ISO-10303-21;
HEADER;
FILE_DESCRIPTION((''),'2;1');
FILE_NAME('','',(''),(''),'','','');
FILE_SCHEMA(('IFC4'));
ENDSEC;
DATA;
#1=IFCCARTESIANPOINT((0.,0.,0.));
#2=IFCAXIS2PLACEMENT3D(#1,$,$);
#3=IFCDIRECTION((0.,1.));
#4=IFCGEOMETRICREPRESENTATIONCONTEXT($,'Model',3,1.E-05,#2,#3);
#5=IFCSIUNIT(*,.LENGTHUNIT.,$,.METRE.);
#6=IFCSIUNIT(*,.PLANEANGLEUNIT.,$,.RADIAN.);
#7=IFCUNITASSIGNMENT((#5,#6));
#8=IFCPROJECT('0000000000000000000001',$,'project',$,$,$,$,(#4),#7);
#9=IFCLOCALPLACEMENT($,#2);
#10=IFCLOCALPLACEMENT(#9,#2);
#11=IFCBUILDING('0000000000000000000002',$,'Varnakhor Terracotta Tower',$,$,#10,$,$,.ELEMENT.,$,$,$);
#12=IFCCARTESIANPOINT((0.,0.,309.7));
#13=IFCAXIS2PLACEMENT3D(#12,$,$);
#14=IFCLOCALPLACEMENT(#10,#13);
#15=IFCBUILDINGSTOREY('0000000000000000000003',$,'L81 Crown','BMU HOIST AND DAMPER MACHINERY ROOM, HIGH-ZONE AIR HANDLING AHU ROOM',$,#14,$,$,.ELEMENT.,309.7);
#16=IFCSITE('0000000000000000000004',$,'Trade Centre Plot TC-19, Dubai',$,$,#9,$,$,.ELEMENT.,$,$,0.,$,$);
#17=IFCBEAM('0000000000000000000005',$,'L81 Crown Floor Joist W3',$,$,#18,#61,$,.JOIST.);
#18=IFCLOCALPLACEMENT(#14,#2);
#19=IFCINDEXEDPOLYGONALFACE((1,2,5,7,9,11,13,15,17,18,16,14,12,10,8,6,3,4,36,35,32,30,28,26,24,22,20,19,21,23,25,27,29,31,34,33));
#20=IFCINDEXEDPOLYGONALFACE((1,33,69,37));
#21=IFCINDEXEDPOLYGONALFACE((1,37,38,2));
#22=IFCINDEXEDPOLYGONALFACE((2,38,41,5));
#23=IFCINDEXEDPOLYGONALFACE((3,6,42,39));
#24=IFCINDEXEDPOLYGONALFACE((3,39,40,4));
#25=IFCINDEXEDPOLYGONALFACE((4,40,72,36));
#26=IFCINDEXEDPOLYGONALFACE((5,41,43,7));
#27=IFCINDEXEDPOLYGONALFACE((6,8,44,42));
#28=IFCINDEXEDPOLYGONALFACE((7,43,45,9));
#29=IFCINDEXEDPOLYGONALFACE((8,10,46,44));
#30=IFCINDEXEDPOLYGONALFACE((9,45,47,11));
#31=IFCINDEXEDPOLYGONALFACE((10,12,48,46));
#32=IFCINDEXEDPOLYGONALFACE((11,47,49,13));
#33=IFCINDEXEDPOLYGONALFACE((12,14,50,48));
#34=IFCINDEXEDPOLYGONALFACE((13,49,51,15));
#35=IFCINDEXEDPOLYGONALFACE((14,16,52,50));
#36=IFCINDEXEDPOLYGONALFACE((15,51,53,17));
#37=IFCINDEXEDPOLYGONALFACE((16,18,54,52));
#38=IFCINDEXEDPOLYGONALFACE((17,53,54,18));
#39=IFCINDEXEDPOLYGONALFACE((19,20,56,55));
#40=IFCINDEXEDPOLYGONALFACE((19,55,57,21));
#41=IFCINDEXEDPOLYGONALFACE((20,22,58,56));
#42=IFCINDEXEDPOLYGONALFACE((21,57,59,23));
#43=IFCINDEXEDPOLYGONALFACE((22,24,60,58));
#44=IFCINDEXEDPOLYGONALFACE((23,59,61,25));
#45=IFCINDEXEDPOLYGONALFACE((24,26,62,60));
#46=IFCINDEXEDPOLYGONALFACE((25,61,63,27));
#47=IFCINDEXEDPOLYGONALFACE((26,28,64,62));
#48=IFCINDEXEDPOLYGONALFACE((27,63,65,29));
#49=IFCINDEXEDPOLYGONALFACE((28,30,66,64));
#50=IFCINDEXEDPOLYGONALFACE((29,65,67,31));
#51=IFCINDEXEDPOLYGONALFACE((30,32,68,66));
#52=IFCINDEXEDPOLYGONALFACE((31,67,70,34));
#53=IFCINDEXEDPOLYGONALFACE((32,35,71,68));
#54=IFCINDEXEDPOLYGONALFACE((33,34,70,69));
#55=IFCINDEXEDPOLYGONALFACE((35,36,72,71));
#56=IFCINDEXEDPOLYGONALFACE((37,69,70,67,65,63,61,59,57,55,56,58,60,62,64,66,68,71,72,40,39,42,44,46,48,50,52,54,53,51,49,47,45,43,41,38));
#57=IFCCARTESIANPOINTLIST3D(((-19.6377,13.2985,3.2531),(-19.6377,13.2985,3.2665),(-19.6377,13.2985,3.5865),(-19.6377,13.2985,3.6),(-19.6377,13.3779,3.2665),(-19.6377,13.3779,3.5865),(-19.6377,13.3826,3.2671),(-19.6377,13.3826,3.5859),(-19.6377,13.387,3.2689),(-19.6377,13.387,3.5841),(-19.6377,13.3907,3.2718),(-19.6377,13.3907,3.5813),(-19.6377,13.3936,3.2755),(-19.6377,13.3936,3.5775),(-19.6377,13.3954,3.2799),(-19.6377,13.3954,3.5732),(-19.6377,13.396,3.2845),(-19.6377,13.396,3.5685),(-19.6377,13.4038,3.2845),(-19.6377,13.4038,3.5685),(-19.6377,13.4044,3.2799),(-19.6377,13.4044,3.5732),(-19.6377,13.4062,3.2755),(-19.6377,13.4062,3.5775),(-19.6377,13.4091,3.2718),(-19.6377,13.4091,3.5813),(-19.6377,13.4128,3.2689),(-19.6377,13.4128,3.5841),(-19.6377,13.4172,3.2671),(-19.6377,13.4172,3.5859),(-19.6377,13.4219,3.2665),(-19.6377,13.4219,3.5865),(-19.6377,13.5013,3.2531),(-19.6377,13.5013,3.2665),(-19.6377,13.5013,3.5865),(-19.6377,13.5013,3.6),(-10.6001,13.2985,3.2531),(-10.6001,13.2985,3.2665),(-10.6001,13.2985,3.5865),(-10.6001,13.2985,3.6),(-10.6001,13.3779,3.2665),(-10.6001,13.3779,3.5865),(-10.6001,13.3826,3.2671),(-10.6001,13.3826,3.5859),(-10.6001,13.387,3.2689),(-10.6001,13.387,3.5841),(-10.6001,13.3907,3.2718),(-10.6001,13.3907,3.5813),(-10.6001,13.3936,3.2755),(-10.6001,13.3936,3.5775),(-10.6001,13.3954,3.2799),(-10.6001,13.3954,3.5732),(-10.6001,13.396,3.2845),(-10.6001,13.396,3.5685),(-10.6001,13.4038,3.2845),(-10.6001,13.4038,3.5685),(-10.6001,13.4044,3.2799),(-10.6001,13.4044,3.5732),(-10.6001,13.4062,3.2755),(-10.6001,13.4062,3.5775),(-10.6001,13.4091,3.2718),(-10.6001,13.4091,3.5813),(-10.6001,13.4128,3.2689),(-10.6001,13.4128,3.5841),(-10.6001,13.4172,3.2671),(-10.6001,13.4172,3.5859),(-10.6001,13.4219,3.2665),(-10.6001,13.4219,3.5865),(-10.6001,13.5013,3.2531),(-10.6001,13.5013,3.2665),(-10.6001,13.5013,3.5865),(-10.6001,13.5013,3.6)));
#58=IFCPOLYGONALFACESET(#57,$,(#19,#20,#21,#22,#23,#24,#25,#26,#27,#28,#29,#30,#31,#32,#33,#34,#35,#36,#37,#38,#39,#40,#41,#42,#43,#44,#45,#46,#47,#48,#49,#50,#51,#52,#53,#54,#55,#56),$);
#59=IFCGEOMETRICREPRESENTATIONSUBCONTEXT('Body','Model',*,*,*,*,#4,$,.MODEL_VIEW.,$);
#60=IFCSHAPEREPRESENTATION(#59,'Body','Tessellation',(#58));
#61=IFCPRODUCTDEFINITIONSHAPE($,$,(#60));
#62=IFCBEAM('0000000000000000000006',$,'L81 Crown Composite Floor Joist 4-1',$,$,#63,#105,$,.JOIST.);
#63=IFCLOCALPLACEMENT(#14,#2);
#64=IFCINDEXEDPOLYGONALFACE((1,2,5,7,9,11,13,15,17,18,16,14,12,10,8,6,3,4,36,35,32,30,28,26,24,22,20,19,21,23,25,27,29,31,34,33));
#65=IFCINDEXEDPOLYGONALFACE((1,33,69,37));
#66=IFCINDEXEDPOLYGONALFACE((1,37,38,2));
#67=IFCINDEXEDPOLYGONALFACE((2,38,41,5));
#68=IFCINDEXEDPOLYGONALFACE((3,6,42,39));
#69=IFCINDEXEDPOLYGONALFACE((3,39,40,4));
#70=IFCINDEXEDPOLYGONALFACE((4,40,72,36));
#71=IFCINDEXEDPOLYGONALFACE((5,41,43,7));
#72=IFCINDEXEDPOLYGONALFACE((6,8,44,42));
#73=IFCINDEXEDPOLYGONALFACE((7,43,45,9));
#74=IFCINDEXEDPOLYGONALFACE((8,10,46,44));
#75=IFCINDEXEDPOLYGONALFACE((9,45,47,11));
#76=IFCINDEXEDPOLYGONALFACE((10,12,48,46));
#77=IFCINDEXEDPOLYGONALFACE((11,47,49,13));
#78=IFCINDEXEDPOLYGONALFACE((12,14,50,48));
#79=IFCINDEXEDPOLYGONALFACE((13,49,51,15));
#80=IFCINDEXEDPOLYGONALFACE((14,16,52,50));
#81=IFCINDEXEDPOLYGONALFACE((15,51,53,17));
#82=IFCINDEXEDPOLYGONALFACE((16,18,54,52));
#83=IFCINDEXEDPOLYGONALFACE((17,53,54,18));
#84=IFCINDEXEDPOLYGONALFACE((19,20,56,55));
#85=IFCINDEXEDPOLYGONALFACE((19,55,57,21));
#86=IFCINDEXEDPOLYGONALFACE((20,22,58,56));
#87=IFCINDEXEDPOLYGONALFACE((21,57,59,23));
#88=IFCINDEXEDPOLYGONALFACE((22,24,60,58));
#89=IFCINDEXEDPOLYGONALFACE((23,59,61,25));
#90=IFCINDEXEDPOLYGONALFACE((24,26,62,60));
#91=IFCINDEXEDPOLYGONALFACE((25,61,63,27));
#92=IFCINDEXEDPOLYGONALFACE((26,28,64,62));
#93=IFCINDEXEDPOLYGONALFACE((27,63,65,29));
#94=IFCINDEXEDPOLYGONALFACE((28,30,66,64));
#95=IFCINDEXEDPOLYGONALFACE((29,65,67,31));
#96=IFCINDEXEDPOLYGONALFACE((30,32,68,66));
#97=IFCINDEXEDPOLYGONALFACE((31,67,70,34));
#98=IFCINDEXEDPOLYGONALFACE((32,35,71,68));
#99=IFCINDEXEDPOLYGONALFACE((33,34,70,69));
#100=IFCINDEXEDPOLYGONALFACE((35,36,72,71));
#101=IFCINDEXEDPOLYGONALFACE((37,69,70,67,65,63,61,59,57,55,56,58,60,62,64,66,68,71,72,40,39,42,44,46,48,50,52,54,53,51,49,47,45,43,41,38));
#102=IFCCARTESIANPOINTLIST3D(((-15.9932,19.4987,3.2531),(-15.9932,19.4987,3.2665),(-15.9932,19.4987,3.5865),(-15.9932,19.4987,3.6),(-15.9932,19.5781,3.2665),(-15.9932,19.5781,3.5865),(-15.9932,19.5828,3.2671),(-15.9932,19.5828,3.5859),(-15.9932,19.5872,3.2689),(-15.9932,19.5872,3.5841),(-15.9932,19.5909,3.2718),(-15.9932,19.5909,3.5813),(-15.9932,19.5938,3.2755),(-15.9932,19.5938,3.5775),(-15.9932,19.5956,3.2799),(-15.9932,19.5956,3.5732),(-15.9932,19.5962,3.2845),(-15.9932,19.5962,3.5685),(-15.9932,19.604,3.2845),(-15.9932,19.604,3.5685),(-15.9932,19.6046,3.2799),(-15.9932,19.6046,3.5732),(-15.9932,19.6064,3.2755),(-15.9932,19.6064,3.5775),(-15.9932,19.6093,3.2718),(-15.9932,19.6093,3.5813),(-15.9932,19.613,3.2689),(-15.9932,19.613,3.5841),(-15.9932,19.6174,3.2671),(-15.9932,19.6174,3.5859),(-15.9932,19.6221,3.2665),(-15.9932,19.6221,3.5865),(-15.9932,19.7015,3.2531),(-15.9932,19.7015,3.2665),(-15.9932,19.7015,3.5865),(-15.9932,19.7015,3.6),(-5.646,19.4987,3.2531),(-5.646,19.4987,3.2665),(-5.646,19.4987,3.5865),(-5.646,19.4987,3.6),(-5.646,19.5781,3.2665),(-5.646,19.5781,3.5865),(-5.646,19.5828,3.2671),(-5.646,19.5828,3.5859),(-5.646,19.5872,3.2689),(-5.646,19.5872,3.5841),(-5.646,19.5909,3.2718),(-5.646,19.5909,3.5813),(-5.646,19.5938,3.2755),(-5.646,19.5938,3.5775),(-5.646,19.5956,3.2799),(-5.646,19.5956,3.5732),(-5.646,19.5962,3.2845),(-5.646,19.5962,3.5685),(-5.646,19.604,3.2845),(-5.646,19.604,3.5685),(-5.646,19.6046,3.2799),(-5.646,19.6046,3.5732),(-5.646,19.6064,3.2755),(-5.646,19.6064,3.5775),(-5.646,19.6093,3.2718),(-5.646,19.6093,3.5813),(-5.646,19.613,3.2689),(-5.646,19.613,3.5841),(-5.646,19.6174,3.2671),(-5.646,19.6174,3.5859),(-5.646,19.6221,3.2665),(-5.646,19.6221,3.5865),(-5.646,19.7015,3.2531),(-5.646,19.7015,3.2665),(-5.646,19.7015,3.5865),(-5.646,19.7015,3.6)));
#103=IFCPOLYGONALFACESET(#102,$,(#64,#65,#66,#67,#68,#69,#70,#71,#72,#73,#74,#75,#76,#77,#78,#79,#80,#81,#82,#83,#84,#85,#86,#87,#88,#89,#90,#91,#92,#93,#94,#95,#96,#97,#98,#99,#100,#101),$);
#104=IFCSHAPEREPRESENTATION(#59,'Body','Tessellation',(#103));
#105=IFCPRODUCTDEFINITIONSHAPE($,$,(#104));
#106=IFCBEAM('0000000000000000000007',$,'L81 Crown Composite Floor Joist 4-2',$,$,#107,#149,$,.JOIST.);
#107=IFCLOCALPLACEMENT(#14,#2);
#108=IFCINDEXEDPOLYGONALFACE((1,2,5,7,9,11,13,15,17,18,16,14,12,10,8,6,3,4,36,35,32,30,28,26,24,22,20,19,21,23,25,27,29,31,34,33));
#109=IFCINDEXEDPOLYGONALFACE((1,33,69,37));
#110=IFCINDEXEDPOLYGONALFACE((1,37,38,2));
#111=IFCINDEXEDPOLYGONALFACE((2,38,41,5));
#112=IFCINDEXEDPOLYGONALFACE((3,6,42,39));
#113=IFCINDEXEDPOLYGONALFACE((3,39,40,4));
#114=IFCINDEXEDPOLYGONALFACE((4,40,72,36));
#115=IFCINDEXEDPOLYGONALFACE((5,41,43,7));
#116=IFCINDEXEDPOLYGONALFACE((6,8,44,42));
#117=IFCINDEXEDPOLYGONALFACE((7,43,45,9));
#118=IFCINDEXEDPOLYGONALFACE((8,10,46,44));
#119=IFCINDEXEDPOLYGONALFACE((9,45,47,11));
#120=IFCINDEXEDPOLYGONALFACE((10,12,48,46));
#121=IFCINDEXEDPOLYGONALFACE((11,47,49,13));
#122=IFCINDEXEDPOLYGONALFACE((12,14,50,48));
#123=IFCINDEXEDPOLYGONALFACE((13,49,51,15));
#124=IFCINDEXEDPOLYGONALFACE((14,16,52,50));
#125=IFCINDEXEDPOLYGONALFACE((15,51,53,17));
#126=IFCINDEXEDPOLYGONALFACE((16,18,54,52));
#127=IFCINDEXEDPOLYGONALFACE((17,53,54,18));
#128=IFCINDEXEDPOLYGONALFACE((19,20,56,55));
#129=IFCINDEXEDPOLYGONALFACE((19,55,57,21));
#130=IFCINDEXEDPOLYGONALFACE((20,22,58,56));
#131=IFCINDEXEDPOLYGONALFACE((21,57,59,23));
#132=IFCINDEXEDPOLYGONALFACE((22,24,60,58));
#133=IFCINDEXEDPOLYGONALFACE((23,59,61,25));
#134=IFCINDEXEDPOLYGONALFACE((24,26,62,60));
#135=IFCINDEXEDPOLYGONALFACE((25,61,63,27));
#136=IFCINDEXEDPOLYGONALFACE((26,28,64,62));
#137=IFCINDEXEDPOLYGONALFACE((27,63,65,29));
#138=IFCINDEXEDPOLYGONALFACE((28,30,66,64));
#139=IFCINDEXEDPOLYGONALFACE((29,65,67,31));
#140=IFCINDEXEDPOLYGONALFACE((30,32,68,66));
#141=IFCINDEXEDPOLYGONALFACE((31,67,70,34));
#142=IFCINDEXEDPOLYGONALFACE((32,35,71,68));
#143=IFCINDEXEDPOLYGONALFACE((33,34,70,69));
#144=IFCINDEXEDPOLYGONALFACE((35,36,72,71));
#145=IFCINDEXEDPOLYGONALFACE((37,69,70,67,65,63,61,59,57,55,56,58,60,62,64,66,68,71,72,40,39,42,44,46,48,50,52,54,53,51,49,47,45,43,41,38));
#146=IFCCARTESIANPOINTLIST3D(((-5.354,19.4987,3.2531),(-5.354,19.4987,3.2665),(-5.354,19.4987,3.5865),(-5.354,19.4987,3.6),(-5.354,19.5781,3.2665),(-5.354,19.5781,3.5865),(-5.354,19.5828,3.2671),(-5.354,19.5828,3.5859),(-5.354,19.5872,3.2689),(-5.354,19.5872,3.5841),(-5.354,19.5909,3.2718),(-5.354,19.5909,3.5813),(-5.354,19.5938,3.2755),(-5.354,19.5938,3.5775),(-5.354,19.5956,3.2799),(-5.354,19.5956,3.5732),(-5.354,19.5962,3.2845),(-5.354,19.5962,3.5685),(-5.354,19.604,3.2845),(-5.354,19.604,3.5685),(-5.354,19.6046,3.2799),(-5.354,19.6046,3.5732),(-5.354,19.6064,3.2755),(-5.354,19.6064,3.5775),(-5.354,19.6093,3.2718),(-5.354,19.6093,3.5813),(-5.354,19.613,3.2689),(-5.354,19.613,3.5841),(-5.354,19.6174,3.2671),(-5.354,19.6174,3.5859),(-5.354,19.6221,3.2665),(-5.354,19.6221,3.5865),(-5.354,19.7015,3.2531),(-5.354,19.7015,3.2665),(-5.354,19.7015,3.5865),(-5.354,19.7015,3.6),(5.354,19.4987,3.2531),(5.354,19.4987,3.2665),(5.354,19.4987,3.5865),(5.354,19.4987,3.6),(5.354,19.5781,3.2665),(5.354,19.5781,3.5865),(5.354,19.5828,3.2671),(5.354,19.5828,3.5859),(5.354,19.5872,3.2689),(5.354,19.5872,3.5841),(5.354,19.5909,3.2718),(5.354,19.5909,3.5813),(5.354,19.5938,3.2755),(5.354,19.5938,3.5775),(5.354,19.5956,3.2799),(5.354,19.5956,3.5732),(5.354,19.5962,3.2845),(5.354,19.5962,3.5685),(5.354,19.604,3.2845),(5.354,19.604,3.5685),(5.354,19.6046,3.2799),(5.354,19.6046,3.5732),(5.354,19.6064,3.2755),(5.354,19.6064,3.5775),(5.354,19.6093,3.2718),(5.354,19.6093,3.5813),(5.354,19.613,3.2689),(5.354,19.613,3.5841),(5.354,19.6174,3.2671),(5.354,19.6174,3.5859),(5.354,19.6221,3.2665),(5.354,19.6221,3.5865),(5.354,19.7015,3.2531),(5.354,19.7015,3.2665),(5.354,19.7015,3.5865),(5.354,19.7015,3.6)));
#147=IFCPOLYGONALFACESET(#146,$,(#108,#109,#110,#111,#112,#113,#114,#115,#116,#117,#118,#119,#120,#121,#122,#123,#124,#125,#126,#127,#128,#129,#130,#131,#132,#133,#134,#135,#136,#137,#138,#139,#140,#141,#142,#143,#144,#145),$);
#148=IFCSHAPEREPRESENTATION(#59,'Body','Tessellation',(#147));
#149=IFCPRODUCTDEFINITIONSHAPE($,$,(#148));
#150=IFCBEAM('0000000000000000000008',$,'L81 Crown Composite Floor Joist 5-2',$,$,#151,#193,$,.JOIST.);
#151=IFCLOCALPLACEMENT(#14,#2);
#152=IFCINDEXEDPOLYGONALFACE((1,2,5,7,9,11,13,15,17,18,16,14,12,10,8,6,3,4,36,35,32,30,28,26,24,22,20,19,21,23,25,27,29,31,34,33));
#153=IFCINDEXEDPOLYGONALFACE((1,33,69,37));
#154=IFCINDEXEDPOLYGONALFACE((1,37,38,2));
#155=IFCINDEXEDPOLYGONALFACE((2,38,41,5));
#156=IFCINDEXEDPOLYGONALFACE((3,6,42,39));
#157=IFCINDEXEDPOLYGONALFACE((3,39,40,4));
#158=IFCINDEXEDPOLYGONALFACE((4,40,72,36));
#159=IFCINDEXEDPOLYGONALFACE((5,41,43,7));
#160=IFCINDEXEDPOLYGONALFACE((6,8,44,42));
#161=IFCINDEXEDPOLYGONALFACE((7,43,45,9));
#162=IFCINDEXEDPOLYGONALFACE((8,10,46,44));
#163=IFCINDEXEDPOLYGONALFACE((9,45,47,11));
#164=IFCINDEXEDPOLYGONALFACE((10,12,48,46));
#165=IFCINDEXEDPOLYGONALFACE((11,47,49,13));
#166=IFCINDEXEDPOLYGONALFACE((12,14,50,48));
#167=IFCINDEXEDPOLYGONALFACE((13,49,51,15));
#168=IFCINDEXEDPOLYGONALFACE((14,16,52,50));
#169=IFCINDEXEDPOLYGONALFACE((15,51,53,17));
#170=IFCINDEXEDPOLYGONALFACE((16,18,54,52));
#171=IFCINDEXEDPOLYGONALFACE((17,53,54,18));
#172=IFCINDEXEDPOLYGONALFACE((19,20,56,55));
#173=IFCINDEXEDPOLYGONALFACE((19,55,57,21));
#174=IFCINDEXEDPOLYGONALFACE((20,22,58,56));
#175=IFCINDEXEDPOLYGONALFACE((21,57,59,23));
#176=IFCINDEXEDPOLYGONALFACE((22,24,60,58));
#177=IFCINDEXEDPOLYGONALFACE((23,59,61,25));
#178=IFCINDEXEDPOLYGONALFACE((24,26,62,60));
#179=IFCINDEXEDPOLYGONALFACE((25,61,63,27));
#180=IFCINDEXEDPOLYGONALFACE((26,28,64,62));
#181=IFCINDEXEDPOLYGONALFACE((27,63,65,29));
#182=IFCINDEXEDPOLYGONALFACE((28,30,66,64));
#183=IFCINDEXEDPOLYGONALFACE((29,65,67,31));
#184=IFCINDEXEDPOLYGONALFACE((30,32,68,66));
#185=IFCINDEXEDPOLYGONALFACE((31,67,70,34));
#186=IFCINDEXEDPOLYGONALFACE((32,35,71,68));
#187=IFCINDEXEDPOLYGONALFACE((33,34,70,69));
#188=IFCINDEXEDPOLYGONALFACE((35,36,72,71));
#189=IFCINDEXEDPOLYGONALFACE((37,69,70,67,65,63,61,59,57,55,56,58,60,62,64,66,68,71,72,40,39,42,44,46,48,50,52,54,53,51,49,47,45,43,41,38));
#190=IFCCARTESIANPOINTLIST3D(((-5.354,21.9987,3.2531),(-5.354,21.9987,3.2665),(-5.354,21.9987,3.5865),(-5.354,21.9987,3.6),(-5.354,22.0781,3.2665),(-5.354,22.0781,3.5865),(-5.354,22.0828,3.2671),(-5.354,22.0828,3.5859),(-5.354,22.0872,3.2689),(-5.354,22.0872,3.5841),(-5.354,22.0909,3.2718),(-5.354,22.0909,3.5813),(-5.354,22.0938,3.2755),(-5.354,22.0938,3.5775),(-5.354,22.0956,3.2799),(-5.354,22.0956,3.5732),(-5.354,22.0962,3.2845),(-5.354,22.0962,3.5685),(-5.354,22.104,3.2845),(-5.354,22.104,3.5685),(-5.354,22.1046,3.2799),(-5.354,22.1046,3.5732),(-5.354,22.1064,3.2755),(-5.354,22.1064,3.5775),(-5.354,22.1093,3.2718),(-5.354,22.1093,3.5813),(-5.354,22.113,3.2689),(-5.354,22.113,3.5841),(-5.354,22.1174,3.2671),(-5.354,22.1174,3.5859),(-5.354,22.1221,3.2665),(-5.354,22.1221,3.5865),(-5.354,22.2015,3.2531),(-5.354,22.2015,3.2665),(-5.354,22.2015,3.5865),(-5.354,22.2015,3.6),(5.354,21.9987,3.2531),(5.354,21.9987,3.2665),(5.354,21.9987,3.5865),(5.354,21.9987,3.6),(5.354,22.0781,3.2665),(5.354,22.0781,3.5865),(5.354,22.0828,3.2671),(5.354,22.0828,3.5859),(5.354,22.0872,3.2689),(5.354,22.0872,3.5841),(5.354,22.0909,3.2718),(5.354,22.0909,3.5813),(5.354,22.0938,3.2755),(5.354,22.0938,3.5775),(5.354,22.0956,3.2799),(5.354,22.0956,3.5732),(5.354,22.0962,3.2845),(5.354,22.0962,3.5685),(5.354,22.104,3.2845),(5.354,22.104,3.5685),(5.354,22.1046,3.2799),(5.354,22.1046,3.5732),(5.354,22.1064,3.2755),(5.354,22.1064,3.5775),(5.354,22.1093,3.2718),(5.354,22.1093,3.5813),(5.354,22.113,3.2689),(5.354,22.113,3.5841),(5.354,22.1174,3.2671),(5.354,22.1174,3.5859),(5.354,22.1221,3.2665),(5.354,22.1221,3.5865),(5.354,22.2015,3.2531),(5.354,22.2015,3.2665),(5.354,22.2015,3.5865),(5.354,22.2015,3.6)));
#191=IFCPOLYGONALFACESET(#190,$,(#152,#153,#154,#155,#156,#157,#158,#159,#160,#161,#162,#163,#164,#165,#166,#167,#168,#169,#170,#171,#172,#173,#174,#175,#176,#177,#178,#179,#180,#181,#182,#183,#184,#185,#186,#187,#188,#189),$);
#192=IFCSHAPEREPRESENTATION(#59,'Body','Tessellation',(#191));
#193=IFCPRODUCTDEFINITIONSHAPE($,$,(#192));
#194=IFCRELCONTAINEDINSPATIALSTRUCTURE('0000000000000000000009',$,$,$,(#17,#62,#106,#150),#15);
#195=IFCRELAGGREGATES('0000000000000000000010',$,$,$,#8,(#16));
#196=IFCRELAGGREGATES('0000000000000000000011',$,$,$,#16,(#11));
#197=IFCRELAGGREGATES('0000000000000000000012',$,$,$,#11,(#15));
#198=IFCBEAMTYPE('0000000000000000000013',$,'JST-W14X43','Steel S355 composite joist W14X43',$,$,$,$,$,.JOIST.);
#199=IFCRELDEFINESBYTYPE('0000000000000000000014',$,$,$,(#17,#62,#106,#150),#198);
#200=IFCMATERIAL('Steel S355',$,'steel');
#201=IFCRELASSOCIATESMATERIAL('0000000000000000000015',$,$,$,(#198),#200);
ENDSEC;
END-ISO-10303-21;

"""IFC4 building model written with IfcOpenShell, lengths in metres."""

from ifc_helpers import new_model, si_unit, direction, frame, origin, origin_2d, place, context, subcontext, project, spatial, i_section, extrude, source, transform, mapped, material, material_profile, profile_set, type_object, element, save


model = new_model("IFC4")

# Units and contexts
model_context = context("Model", 3, precision=1e-05, world=origin(), true_north=direction((0.0, 1.0)))
body_context = subcontext(model_context, "Body", "Model", "MODEL_VIEW")
ifc_project = project(units=[si_unit("LENGTHUNIT", "METRE"), si_unit("PLANEANGLEUNIT", "RADIAN")], contexts=[model_context])

# Site, building, storey
site_placement = place(None, origin())
site = spatial("IfcSite", under=ifc_project, at=site_placement, Name="Trade Centre Plot TC-19, Dubai", CompositionType="ELEMENT", RefElevation=0.0)
building_placement = place(site_placement, origin())
building = spatial("IfcBuilding", under=site, at=building_placement, Name="Varnakhor Terracotta Tower", CompositionType="ELEMENT")
storey_placement = place(building_placement, frame((0.0, 0.0, 309.7)))
storey = spatial("IfcBuildingStorey", under=building, at=storey_placement, Name="L81 Crown", Description="BMU HOIST AND DAMPER MACHINERY ROOM, HIGH-ZONE AIR HANDLING AHU ROOM", CompositionType="ELEMENT", Elevation=309.7)

# Beams
ifc_material_1 = material(Name="Steel S355", Category="steel")
ifc_material_profile_1 = material_profile(ifc_material_1, i_section(OverallWidth=0.2029, OverallDepth=0.3469, WebThickness=0.0078, FlangeThickness=0.0134, FilletRadius=0.0181, at=origin_2d()), Name="W14X43")
ifc_profile_set_1 = profile_set([ifc_material_profile_1], Name="Steel S355")
beam_type_1 = type_object("IfcBeamType", Name="JST-W14X43", Description="Steel S355 composite joist W14X43", PredefinedType="JOIST", material=ifc_profile_set_1)
shared_shape_1 = source(origin(), body_context, "Body", "SweptSolid", [
    extrude(i_section(OverallWidth=0.2029, OverallDepth=0.3469, WebThickness=0.0078, FlangeThickness=0.0134, FilletRadius=0.0181, at=origin_2d()), origin(), (0.0, 0.0, 1.0), 9.0376),
])
beam_1_placement = place(storey_placement, frame((-19.6377, 13.3999, 3.4265), z_axis=(1.0, 0.0, 0.0), x_axis=(0.0, 1.0, 0.0)))
element("IfcBeam", 1, at=beam_1_placement, inside=storey, type_object=beam_type_1, Name="L81 Crown Floor Joist W3", PredefinedType="JOIST", context=body_context, shape_type="MappedRepresentation", body=[
    mapped(shared_shape_1, transform((0.0, 0.0, 0.0), scale=1.0)),
])
shared_shape_2 = source(origin(), body_context, "Body", "SweptSolid", [
    extrude(i_section(OverallWidth=0.2029, OverallDepth=0.3469, WebThickness=0.0078, FlangeThickness=0.0134, FilletRadius=0.0181, at=origin_2d()), origin(), (0.0, 0.0, 1.0), 10.3472),
])
beam_2_placement = place(storey_placement, frame((-15.9932, 19.6001, 3.4265), z_axis=(1.0, 0.0, 0.0), x_axis=(0.0, 1.0, 0.0)))
element("IfcBeam", 2, at=beam_2_placement, inside=storey, type_object=beam_type_1, Name="L81 Crown Composite Floor Joist 4-1", PredefinedType="JOIST", context=body_context, shape_type="MappedRepresentation", body=[
    mapped(shared_shape_2, transform((0.0, 0.0, 0.0), scale=1.0)),
])
shared_shape_3 = source(origin(), body_context, "Body", "SweptSolid", [
    extrude(i_section(OverallWidth=0.2029, OverallDepth=0.3469, WebThickness=0.0078, FlangeThickness=0.0134, FilletRadius=0.0181, at=origin_2d()), origin(), (0.0, 0.0, 1.0), 10.708),
])
for number, where, z_axis, x_axis, name in (
    (3, (-5.354, 19.6001, 3.4265), (1.0, 0.0, 0.0), (0.0, 1.0, 0.0), "L81 Crown Composite Floor Joist 4-2"),
    (4, (-5.354, 22.1001, 3.4265), (1.0, 0.0, 0.0), (0.0, 1.0, 0.0), "L81 Crown Composite Floor Joist 5-2"),
):
    element("IfcBeam", number, at=place(storey_placement, frame(where, z_axis=z_axis, x_axis=x_axis)), inside=storey, type_object=beam_type_1, Name=name, PredefinedType="JOIST", context=body_context, shape_type="MappedRepresentation", body=[
        mapped(shared_shape_3, transform((0.0, 0.0, 0.0), scale=1.0)),
    ])

save(model, "model.ifc")
